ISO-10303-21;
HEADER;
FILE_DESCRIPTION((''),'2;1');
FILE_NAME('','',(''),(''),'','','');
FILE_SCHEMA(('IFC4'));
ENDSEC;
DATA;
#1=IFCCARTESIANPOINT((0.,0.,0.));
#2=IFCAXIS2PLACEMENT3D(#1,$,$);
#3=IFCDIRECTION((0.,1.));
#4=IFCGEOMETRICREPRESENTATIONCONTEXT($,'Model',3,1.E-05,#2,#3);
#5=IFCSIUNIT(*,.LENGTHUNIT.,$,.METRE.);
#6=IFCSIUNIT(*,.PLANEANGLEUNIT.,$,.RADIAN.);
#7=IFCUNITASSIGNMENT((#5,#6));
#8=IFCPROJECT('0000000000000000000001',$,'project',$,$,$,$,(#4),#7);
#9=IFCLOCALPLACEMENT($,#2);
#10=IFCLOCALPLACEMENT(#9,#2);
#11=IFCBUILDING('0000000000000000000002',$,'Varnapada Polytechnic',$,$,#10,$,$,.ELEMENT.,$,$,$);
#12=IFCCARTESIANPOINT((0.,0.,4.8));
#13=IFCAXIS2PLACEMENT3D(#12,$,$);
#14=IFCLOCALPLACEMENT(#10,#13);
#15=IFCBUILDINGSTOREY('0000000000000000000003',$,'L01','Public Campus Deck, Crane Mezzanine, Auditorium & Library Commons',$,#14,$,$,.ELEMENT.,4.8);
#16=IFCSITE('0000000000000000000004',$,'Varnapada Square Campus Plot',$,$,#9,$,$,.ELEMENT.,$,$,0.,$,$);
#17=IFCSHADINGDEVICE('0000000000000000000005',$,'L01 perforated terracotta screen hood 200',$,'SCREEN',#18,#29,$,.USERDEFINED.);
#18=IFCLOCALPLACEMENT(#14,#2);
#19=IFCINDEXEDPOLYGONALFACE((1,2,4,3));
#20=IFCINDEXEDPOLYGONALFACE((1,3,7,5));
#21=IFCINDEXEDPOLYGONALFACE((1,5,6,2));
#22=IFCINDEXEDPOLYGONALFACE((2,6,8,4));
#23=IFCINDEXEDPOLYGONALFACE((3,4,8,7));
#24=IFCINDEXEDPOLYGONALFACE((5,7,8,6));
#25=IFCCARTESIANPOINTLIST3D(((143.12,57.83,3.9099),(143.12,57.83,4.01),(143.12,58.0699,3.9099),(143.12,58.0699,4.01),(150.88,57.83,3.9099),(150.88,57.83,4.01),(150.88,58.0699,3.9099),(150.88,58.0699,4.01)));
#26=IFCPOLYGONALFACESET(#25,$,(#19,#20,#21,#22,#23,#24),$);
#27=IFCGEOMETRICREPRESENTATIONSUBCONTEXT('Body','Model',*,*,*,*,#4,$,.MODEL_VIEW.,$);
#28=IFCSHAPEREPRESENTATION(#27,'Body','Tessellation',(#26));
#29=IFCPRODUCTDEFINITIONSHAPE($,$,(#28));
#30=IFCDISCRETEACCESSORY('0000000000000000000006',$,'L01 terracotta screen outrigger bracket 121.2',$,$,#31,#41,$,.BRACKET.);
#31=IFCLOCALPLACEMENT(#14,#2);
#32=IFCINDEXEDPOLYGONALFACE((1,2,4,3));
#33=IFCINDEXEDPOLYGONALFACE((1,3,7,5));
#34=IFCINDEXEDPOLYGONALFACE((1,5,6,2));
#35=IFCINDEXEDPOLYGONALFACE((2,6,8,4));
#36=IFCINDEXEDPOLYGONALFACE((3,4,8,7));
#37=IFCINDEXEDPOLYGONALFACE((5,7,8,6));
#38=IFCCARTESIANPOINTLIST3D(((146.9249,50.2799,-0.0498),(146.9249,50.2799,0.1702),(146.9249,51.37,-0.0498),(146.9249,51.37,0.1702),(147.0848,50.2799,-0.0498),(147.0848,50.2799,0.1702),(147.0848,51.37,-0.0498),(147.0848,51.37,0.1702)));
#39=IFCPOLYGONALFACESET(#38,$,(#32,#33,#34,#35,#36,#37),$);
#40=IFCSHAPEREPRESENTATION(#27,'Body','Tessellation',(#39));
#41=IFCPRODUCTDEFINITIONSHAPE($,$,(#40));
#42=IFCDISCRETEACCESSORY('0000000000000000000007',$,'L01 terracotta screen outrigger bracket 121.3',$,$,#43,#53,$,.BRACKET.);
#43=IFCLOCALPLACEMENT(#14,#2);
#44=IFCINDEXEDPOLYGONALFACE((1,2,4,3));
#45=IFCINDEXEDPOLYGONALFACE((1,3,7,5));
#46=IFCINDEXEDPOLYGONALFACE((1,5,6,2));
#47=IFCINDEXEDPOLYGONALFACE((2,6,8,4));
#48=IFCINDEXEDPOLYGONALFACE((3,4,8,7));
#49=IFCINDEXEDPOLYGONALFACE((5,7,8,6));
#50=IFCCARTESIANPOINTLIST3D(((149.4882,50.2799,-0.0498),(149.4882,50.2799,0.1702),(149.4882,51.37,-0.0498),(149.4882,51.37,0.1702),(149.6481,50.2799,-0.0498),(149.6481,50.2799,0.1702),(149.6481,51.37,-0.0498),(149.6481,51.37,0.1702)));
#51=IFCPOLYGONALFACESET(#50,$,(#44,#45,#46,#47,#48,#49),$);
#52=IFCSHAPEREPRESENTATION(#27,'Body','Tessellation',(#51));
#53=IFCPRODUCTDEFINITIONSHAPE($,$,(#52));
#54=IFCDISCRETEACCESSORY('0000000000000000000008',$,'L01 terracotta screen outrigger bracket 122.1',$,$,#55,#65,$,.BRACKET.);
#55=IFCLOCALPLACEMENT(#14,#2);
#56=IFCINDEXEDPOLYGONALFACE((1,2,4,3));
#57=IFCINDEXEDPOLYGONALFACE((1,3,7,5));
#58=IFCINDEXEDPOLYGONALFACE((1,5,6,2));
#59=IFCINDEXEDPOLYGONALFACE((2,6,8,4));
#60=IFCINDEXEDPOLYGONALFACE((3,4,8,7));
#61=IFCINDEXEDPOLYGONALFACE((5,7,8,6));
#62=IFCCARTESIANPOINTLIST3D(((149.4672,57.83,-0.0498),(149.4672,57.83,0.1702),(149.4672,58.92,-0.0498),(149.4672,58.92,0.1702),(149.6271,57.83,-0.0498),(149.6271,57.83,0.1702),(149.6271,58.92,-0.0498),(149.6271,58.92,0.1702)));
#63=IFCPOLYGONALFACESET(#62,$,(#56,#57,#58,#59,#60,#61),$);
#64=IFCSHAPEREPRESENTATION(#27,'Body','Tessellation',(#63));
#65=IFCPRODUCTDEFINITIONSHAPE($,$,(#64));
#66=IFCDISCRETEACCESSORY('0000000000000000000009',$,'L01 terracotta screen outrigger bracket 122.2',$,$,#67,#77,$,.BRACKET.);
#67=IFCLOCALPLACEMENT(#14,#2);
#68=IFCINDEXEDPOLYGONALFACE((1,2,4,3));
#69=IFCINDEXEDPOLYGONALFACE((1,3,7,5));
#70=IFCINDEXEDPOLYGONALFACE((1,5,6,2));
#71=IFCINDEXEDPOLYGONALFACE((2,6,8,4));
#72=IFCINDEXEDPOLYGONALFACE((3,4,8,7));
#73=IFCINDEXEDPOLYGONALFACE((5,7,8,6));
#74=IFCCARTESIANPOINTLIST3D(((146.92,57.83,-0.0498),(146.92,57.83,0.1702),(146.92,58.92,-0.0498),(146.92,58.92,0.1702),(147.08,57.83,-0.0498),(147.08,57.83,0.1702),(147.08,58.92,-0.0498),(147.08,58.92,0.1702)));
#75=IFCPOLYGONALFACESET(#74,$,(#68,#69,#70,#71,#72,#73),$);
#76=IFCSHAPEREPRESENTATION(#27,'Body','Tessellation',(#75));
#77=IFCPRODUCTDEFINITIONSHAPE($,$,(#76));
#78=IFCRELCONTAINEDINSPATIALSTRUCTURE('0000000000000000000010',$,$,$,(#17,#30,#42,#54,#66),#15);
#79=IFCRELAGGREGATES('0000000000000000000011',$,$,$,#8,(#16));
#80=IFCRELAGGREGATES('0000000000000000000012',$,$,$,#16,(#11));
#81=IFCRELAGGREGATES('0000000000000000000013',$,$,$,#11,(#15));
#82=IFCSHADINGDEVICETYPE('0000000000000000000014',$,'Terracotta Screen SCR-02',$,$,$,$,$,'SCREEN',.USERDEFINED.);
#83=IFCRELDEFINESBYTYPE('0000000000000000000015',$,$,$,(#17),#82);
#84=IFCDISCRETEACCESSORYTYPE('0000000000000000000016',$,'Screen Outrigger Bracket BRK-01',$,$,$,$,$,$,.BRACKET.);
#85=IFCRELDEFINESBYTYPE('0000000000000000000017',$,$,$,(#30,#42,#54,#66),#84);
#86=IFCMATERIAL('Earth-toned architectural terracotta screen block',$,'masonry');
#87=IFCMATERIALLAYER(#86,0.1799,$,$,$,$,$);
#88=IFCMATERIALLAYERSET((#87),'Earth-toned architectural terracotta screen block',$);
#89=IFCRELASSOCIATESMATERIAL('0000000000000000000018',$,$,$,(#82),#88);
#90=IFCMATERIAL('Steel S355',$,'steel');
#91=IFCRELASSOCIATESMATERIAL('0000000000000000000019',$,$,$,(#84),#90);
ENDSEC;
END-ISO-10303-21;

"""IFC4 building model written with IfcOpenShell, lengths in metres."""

from ifc_helpers import new_model, si_unit, direction, frame, origin, origin_2d, place, context, subcontext, project, spatial, rectangle, extrude, material, layer, layer_set, type_object, element, save


model = new_model("IFC4")

# Units and contexts
model_context = context("Model", 3, precision=1e-05, world=origin(), true_north=direction((0.0, 1.0)))
body_context = subcontext(model_context, "Body", "Model", "MODEL_VIEW")
ifc_project = project(units=[si_unit("LENGTHUNIT", "METRE"), si_unit("PLANEANGLEUNIT", "RADIAN")], contexts=[model_context])

# Site, building, storey
site_placement = place(None, origin())
site = spatial("IfcSite", under=ifc_project, at=site_placement, Name="Varnapada Square Campus Plot", CompositionType="ELEMENT", RefElevation=0.0)
building_placement = place(site_placement, origin())
building = spatial("IfcBuilding", under=site, at=building_placement, Name="Varnapada Polytechnic", CompositionType="ELEMENT")
storey_placement = place(building_placement, frame((0.0, 0.0, 4.8)))
storey = spatial("IfcBuildingStorey", under=building, at=storey_placement, Name="L01", Description="Public Campus Deck, Crane Mezzanine, Auditorium & Library Commons", CompositionType="ELEMENT", Elevation=4.8)

# Shared definitions
ifc_material_1 = material(Name="Earth-toned architectural terracotta screen block", Category="masonry")

# Shading device
ifc_layer_1 = layer(ifc_material_1, 0.1799)
ifc_layer_set_1 = layer_set([ifc_layer_1], Name="Earth-toned architectural terracotta screen block")
shading_device_type_1 = type_object("IfcShadingDeviceType", Name="Terracotta Screen SCR-02", ElementType="SCREEN", PredefinedType="USERDEFINED", material=ifc_layer_set_1)
shading_device_1_placement = place(storey_placement, frame((147.0, 57.95, 3.9099), z_axis=(0.0, 0.0, 1.0), x_axis=(-1.0, 0.0, 0.0)))
element("IfcShadingDevice", 1, at=shading_device_1_placement, inside=storey, type_object=shading_device_type_1, Name="L01 perforated terracotta screen hood 200", ObjectType="SCREEN", PredefinedType="USERDEFINED", context=body_context, shape_type="SweptSolid", body=[
    extrude(rectangle(XDim=7.76, YDim=0.24, at=origin_2d()), origin(), (0.0, 0.0, 1.0), 0.1001),
])

# Discrete accessories
ifc_material_2 = material(Name="Steel S355", Category="steel")
discrete_accessory_type = type_object("IfcDiscreteAccessoryType", Name="Screen Outrigger Bracket BRK-01", PredefinedType="BRACKET", material=ifc_material_2)
for number, where, z_axis, x_axis, name in (
    (2, (147.0049, 50.825, -0.0498), (0.0, 0.0, 1.0), (1.0, 0.0, 0.0), "L01 terracotta screen outrigger bracket 121.2"),
    (3, (149.5681, 50.825, -0.0498), (0.0, 0.0, 1.0), (1.0, 0.0, 0.0), "L01 terracotta screen outrigger bracket 121.3"),
    (4, (149.5471, 58.375, -0.0498), (0.0, 0.0, 1.0), (-1.0, 0.0, 0.0), "L01 terracotta screen outrigger bracket 122.1"),
    (5, (147.0, 58.375, -0.0498), (0.0, 0.0, 1.0), (-1.0, 0.0, 0.0), "L01 terracotta screen outrigger bracket 122.2"),
):
    element("IfcDiscreteAccessory", number, at=place(storey_placement, frame(where, z_axis=z_axis, x_axis=x_axis)), inside=storey, type_object=discrete_accessory_type, Name=name, PredefinedType="BRACKET", context=body_context, shape_type="SweptSolid", body=[
        extrude(rectangle(XDim=0.1599, YDim=1.0901, at=origin_2d()), origin(), (0.0, 0.0, 1.0), 0.22),
    ])

save(model, "model.ifc")
